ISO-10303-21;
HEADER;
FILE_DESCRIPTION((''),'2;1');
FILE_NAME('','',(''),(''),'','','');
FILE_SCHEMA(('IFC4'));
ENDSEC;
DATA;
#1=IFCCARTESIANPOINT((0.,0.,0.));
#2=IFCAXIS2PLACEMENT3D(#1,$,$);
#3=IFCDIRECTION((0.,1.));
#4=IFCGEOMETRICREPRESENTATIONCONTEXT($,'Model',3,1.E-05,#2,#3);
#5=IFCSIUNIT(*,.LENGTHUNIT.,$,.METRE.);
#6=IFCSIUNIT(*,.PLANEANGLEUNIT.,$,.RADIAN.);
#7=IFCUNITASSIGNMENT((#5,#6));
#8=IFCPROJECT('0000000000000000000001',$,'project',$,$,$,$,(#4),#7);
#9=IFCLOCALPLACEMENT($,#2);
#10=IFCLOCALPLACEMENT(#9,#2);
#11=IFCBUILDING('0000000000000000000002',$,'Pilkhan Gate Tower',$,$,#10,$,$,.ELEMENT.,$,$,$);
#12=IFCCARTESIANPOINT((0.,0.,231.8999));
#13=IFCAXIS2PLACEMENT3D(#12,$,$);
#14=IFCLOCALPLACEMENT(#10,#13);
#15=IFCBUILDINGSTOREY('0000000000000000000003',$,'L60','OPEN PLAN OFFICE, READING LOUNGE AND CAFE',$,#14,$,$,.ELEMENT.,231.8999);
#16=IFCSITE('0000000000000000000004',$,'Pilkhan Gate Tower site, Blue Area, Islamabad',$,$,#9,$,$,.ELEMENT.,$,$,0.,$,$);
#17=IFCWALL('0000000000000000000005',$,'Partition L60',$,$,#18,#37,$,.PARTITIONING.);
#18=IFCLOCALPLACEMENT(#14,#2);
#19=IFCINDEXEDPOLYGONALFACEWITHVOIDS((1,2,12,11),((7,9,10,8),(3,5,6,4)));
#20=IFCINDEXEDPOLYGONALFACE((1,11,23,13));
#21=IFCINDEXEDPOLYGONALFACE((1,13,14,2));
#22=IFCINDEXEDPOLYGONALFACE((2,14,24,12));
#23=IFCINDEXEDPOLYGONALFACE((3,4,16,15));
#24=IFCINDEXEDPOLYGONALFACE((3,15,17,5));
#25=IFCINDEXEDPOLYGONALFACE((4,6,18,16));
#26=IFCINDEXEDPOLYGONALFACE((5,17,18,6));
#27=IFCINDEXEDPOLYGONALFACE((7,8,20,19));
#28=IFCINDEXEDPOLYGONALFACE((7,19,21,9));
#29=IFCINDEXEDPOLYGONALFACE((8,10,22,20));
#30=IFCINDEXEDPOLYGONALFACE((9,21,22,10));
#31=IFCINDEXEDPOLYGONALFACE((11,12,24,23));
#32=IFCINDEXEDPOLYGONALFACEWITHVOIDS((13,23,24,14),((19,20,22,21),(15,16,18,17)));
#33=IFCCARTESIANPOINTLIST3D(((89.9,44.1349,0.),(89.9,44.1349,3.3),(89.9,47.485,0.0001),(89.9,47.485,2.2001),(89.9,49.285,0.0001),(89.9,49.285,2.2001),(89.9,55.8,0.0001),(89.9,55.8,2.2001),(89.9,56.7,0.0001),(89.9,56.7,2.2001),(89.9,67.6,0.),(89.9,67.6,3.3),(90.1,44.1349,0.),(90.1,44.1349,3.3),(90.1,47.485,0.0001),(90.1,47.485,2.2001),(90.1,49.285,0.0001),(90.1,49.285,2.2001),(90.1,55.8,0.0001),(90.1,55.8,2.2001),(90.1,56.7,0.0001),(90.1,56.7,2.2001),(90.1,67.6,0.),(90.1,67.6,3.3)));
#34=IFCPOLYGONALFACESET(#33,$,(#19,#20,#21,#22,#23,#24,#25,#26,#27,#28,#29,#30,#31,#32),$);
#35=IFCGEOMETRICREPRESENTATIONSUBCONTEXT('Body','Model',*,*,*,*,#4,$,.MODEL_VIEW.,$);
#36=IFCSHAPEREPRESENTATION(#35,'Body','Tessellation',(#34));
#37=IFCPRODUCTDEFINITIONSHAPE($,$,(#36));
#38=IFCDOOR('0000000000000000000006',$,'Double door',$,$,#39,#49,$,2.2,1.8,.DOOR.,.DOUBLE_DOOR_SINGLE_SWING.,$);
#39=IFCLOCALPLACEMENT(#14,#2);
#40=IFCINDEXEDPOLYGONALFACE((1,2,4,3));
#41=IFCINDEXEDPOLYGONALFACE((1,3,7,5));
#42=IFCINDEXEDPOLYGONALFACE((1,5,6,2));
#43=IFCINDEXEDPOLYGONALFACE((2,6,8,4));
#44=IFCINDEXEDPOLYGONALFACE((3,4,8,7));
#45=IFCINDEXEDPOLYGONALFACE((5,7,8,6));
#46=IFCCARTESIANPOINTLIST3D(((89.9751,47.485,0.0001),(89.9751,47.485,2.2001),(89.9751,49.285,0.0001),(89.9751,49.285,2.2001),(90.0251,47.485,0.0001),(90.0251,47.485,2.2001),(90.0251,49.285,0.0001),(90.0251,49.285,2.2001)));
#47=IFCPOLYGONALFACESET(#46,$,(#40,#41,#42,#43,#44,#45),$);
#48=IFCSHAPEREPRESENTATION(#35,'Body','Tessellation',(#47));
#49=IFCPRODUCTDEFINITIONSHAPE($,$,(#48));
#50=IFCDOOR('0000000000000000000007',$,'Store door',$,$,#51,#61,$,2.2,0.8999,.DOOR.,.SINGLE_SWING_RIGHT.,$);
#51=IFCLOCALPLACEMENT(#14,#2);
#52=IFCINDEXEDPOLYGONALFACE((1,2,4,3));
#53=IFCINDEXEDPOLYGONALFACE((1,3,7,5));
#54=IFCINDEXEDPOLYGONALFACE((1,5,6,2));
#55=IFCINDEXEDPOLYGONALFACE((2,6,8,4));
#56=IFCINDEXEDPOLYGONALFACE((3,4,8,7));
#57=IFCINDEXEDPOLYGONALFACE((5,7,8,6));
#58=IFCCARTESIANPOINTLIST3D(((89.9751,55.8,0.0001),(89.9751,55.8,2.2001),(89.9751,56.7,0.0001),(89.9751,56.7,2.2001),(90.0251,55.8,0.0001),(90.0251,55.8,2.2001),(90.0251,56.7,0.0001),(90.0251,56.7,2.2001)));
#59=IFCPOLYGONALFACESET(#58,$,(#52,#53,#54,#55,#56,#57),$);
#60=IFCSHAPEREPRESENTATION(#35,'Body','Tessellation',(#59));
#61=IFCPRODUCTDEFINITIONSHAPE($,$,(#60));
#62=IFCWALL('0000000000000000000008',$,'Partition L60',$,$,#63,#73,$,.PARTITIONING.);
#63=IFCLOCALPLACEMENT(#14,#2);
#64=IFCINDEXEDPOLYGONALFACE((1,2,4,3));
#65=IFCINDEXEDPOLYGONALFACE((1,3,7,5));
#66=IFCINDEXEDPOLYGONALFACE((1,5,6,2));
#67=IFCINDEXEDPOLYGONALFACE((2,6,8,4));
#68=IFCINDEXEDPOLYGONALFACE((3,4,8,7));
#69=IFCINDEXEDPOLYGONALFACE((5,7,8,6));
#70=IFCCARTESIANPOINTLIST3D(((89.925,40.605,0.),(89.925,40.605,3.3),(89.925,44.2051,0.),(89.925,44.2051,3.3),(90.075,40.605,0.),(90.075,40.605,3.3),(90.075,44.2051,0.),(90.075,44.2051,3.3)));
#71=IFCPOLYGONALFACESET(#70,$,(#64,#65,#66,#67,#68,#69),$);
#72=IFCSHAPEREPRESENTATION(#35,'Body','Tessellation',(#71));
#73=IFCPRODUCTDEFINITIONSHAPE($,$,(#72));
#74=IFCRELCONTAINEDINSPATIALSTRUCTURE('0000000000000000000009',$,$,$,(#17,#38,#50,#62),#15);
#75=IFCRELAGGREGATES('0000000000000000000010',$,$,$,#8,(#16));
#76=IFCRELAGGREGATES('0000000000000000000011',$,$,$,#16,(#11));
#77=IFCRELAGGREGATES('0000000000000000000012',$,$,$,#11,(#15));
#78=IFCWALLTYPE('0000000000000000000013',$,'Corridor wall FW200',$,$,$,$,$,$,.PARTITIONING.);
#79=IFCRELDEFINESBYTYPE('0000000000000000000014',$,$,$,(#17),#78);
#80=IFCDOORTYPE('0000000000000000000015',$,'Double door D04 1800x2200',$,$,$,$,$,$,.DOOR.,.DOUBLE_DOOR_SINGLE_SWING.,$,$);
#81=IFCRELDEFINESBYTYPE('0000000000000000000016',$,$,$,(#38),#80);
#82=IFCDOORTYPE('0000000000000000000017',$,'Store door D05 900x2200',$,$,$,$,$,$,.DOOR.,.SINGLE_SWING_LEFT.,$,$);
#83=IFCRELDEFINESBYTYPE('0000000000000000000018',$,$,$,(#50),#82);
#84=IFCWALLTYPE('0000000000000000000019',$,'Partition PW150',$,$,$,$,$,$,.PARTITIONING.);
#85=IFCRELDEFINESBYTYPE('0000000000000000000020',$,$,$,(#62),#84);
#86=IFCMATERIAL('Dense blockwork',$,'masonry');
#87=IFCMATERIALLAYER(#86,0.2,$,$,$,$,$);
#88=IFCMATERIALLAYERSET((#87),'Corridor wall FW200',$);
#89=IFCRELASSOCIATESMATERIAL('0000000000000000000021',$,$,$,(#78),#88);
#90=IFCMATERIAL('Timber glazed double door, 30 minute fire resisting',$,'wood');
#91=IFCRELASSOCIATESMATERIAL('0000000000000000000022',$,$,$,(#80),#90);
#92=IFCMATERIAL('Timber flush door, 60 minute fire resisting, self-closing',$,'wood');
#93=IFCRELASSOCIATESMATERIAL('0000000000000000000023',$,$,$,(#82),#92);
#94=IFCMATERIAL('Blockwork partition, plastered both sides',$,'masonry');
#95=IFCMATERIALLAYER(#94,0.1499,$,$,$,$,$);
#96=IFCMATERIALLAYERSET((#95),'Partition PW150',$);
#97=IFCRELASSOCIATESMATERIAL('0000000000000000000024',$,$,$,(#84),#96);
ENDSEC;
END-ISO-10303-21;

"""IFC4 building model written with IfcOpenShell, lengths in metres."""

from ifc_helpers import new_model, si_unit, direction, frame, frame_2d, origin, place, context, subcontext, project, spatial, rectangle, extrude, material, layer, layer_set, type_object, element, fill, save


model = new_model("IFC4")

# Units and contexts
model_context = context("Model", 3, precision=1e-05, world=origin(), true_north=direction((0.0, 1.0)))
body_context = subcontext(model_context, "Body", "Model", "MODEL_VIEW")
ifc_project = project(units=[si_unit("LENGTHUNIT", "METRE"), si_unit("PLANEANGLEUNIT", "RADIAN")], contexts=[model_context])

# Site, building, storey
site_placement = place(None, origin())
site = spatial("IfcSite", under=ifc_project, at=site_placement, Name="Pilkhan Gate Tower site, Blue Area, Islamabad", CompositionType="ELEMENT", RefElevation=0.0)
building_placement = place(site_placement, origin())
building = spatial("IfcBuilding", under=site, at=building_placement, Name="Pilkhan Gate Tower", CompositionType="ELEMENT")
storey_placement = place(building_placement, frame((0.0, 0.0, 231.8999)))
storey = spatial("IfcBuildingStorey", under=building, at=storey_placement, Name="L60", Description="OPEN PLAN OFFICE, READING LOUNGE AND CAFE", CompositionType="ELEMENT", Elevation=231.8999)

# Shared definitions
ifc_material_1 = material(Name="Dense blockwork", Category="masonry")
ifc_layer_1 = layer(ifc_material_1, 0.2)
ifc_layer_set_1 = layer_set([ifc_layer_1], Name="Corridor wall FW200")
wall_type_1 = type_object("IfcWallType", Name="Corridor wall FW200", PredefinedType="PARTITIONING", material=ifc_layer_set_1)

# Wall, openings, doors
wall_1_placement = place(storey_placement, frame((90.0, 44.135, 0.0), z_axis=(0.0, 0.0, 1.0), x_axis=(0.0, 1.0, 0.0)))
wall_1 = element("IfcWall", 1, at=wall_1_placement, inside=storey, type_object=wall_type_1, Name="Partition L60", PredefinedType="PARTITIONING", context=body_context, shape_type="SweptSolid", body=[
    extrude(rectangle(XDim=23.4651, YDim=0.2, at=frame_2d((11.7324, 0.0))), origin(), (0.0, 0.0, 1.0), 3.3),
])
opening_1_placement = place(wall_1_placement, frame((3.3501, 0.0, 0.0)))
opening_1 = element("IfcOpeningElement", 2, at=opening_1_placement, cuts=wall_1, PredefinedType="OPENING", context=body_context, shape_type="SweptSolid", body=[
    extrude(rectangle(XDim=1.8, YDim=2.2, at=frame_2d((0.8999, 1.1001))), frame((0.0, 0.1099, 0.0), z_axis=(0.0, -1.0, 0.0), x_axis=(1.0, 0.0, 0.0)), (0.0, 0.0, 1.0), 0.22),
])
opening_2_placement = place(wall_1_placement, frame((11.665, 0.0, 0.0)))
opening_2 = element("IfcOpeningElement", 3, at=opening_2_placement, cuts=wall_1, PredefinedType="OPENING", context=body_context, shape_type="SweptSolid", body=[
    extrude(rectangle(XDim=0.8999, YDim=2.2, at=frame_2d((0.45, 1.1001))), frame((0.0, 0.1099, 0.0), z_axis=(0.0, -1.0, 0.0), x_axis=(1.0, 0.0, 0.0)), (0.0, 0.0, 1.0), 0.22),
])
ifc_material_2 = material(Name="Timber glazed double door, 30 minute fire resisting", Category="wood")
door_type_1 = type_object("IfcDoorType", Name="Double door D04 1800x2200", OperationType="DOUBLE_DOOR_SINGLE_SWING", PredefinedType="DOOR", material=ifc_material_2)
door_1_placement = place(opening_1_placement, origin())
door_1 = element("IfcDoor", 4, at=door_1_placement, inside=storey, type_object=door_type_1, Name="Double door", OperationType="DOUBLE_DOOR_SINGLE_SWING", OverallHeight=2.2, OverallWidth=1.8, PredefinedType="DOOR", context=body_context, shape_type="SweptSolid", body=[
    extrude(rectangle(XDim=1.8, YDim=2.2, at=frame_2d((0.8999, 1.1001))), frame((0.0, 0.0249, 0.0), z_axis=(0.0, -1.0, 0.0), x_axis=(1.0, 0.0, 0.0)), (0.0, 0.0, 1.0), 0.05),
])
fill(opening_1, door_1)
ifc_material_3 = material(Name="Timber flush door, 60 minute fire resisting, self-closing", Category="wood")
door_type_2 = type_object("IfcDoorType", Name="Store door D05 900x2200", OperationType="SINGLE_SWING_LEFT", PredefinedType="DOOR", material=ifc_material_3)
door_2_placement = place(opening_2_placement, origin())
door_2 = element("IfcDoor", 5, at=door_2_placement, inside=storey, type_object=door_type_2, Name="Store door", OperationType="SINGLE_SWING_RIGHT", OverallHeight=2.2, OverallWidth=0.8999, PredefinedType="DOOR", context=body_context, shape_type="SweptSolid", body=[
    extrude(rectangle(XDim=0.8999, YDim=2.2, at=frame_2d((0.45, 1.1001))), frame((0.0, 0.0249, 0.0), z_axis=(0.0, -1.0, 0.0), x_axis=(1.0, 0.0, 0.0)), (0.0, 0.0, 1.0), 0.05),
])
fill(opening_2, door_2)

# Wall
ifc_material_4 = material(Name="Blockwork partition, plastered both sides", Category="masonry")
ifc_layer_2 = layer(ifc_material_4, 0.1499)
ifc_layer_set_2 = layer_set([ifc_layer_2], Name="Partition PW150")
wall_type_2 = type_object("IfcWallType", Name="Partition PW150", PredefinedType="PARTITIONING", material=ifc_layer_set_2)
wall_2_placement = place(storey_placement, frame((90.0, 40.605, 0.0), z_axis=(0.0, 0.0, 1.0), x_axis=(0.0, 1.0, 0.0)))
element("IfcWall", 6, at=wall_2_placement, inside=storey, type_object=wall_type_2, Name="Partition L60", PredefinedType="PARTITIONING", context=body_context, shape_type="SweptSolid", body=[
    extrude(rectangle(XDim=3.6001, YDim=0.1499, at=frame_2d((1.8, 0.0))), origin(), (0.0, 0.0, 1.0), 3.3),
])

save(model, "model.ifc")
